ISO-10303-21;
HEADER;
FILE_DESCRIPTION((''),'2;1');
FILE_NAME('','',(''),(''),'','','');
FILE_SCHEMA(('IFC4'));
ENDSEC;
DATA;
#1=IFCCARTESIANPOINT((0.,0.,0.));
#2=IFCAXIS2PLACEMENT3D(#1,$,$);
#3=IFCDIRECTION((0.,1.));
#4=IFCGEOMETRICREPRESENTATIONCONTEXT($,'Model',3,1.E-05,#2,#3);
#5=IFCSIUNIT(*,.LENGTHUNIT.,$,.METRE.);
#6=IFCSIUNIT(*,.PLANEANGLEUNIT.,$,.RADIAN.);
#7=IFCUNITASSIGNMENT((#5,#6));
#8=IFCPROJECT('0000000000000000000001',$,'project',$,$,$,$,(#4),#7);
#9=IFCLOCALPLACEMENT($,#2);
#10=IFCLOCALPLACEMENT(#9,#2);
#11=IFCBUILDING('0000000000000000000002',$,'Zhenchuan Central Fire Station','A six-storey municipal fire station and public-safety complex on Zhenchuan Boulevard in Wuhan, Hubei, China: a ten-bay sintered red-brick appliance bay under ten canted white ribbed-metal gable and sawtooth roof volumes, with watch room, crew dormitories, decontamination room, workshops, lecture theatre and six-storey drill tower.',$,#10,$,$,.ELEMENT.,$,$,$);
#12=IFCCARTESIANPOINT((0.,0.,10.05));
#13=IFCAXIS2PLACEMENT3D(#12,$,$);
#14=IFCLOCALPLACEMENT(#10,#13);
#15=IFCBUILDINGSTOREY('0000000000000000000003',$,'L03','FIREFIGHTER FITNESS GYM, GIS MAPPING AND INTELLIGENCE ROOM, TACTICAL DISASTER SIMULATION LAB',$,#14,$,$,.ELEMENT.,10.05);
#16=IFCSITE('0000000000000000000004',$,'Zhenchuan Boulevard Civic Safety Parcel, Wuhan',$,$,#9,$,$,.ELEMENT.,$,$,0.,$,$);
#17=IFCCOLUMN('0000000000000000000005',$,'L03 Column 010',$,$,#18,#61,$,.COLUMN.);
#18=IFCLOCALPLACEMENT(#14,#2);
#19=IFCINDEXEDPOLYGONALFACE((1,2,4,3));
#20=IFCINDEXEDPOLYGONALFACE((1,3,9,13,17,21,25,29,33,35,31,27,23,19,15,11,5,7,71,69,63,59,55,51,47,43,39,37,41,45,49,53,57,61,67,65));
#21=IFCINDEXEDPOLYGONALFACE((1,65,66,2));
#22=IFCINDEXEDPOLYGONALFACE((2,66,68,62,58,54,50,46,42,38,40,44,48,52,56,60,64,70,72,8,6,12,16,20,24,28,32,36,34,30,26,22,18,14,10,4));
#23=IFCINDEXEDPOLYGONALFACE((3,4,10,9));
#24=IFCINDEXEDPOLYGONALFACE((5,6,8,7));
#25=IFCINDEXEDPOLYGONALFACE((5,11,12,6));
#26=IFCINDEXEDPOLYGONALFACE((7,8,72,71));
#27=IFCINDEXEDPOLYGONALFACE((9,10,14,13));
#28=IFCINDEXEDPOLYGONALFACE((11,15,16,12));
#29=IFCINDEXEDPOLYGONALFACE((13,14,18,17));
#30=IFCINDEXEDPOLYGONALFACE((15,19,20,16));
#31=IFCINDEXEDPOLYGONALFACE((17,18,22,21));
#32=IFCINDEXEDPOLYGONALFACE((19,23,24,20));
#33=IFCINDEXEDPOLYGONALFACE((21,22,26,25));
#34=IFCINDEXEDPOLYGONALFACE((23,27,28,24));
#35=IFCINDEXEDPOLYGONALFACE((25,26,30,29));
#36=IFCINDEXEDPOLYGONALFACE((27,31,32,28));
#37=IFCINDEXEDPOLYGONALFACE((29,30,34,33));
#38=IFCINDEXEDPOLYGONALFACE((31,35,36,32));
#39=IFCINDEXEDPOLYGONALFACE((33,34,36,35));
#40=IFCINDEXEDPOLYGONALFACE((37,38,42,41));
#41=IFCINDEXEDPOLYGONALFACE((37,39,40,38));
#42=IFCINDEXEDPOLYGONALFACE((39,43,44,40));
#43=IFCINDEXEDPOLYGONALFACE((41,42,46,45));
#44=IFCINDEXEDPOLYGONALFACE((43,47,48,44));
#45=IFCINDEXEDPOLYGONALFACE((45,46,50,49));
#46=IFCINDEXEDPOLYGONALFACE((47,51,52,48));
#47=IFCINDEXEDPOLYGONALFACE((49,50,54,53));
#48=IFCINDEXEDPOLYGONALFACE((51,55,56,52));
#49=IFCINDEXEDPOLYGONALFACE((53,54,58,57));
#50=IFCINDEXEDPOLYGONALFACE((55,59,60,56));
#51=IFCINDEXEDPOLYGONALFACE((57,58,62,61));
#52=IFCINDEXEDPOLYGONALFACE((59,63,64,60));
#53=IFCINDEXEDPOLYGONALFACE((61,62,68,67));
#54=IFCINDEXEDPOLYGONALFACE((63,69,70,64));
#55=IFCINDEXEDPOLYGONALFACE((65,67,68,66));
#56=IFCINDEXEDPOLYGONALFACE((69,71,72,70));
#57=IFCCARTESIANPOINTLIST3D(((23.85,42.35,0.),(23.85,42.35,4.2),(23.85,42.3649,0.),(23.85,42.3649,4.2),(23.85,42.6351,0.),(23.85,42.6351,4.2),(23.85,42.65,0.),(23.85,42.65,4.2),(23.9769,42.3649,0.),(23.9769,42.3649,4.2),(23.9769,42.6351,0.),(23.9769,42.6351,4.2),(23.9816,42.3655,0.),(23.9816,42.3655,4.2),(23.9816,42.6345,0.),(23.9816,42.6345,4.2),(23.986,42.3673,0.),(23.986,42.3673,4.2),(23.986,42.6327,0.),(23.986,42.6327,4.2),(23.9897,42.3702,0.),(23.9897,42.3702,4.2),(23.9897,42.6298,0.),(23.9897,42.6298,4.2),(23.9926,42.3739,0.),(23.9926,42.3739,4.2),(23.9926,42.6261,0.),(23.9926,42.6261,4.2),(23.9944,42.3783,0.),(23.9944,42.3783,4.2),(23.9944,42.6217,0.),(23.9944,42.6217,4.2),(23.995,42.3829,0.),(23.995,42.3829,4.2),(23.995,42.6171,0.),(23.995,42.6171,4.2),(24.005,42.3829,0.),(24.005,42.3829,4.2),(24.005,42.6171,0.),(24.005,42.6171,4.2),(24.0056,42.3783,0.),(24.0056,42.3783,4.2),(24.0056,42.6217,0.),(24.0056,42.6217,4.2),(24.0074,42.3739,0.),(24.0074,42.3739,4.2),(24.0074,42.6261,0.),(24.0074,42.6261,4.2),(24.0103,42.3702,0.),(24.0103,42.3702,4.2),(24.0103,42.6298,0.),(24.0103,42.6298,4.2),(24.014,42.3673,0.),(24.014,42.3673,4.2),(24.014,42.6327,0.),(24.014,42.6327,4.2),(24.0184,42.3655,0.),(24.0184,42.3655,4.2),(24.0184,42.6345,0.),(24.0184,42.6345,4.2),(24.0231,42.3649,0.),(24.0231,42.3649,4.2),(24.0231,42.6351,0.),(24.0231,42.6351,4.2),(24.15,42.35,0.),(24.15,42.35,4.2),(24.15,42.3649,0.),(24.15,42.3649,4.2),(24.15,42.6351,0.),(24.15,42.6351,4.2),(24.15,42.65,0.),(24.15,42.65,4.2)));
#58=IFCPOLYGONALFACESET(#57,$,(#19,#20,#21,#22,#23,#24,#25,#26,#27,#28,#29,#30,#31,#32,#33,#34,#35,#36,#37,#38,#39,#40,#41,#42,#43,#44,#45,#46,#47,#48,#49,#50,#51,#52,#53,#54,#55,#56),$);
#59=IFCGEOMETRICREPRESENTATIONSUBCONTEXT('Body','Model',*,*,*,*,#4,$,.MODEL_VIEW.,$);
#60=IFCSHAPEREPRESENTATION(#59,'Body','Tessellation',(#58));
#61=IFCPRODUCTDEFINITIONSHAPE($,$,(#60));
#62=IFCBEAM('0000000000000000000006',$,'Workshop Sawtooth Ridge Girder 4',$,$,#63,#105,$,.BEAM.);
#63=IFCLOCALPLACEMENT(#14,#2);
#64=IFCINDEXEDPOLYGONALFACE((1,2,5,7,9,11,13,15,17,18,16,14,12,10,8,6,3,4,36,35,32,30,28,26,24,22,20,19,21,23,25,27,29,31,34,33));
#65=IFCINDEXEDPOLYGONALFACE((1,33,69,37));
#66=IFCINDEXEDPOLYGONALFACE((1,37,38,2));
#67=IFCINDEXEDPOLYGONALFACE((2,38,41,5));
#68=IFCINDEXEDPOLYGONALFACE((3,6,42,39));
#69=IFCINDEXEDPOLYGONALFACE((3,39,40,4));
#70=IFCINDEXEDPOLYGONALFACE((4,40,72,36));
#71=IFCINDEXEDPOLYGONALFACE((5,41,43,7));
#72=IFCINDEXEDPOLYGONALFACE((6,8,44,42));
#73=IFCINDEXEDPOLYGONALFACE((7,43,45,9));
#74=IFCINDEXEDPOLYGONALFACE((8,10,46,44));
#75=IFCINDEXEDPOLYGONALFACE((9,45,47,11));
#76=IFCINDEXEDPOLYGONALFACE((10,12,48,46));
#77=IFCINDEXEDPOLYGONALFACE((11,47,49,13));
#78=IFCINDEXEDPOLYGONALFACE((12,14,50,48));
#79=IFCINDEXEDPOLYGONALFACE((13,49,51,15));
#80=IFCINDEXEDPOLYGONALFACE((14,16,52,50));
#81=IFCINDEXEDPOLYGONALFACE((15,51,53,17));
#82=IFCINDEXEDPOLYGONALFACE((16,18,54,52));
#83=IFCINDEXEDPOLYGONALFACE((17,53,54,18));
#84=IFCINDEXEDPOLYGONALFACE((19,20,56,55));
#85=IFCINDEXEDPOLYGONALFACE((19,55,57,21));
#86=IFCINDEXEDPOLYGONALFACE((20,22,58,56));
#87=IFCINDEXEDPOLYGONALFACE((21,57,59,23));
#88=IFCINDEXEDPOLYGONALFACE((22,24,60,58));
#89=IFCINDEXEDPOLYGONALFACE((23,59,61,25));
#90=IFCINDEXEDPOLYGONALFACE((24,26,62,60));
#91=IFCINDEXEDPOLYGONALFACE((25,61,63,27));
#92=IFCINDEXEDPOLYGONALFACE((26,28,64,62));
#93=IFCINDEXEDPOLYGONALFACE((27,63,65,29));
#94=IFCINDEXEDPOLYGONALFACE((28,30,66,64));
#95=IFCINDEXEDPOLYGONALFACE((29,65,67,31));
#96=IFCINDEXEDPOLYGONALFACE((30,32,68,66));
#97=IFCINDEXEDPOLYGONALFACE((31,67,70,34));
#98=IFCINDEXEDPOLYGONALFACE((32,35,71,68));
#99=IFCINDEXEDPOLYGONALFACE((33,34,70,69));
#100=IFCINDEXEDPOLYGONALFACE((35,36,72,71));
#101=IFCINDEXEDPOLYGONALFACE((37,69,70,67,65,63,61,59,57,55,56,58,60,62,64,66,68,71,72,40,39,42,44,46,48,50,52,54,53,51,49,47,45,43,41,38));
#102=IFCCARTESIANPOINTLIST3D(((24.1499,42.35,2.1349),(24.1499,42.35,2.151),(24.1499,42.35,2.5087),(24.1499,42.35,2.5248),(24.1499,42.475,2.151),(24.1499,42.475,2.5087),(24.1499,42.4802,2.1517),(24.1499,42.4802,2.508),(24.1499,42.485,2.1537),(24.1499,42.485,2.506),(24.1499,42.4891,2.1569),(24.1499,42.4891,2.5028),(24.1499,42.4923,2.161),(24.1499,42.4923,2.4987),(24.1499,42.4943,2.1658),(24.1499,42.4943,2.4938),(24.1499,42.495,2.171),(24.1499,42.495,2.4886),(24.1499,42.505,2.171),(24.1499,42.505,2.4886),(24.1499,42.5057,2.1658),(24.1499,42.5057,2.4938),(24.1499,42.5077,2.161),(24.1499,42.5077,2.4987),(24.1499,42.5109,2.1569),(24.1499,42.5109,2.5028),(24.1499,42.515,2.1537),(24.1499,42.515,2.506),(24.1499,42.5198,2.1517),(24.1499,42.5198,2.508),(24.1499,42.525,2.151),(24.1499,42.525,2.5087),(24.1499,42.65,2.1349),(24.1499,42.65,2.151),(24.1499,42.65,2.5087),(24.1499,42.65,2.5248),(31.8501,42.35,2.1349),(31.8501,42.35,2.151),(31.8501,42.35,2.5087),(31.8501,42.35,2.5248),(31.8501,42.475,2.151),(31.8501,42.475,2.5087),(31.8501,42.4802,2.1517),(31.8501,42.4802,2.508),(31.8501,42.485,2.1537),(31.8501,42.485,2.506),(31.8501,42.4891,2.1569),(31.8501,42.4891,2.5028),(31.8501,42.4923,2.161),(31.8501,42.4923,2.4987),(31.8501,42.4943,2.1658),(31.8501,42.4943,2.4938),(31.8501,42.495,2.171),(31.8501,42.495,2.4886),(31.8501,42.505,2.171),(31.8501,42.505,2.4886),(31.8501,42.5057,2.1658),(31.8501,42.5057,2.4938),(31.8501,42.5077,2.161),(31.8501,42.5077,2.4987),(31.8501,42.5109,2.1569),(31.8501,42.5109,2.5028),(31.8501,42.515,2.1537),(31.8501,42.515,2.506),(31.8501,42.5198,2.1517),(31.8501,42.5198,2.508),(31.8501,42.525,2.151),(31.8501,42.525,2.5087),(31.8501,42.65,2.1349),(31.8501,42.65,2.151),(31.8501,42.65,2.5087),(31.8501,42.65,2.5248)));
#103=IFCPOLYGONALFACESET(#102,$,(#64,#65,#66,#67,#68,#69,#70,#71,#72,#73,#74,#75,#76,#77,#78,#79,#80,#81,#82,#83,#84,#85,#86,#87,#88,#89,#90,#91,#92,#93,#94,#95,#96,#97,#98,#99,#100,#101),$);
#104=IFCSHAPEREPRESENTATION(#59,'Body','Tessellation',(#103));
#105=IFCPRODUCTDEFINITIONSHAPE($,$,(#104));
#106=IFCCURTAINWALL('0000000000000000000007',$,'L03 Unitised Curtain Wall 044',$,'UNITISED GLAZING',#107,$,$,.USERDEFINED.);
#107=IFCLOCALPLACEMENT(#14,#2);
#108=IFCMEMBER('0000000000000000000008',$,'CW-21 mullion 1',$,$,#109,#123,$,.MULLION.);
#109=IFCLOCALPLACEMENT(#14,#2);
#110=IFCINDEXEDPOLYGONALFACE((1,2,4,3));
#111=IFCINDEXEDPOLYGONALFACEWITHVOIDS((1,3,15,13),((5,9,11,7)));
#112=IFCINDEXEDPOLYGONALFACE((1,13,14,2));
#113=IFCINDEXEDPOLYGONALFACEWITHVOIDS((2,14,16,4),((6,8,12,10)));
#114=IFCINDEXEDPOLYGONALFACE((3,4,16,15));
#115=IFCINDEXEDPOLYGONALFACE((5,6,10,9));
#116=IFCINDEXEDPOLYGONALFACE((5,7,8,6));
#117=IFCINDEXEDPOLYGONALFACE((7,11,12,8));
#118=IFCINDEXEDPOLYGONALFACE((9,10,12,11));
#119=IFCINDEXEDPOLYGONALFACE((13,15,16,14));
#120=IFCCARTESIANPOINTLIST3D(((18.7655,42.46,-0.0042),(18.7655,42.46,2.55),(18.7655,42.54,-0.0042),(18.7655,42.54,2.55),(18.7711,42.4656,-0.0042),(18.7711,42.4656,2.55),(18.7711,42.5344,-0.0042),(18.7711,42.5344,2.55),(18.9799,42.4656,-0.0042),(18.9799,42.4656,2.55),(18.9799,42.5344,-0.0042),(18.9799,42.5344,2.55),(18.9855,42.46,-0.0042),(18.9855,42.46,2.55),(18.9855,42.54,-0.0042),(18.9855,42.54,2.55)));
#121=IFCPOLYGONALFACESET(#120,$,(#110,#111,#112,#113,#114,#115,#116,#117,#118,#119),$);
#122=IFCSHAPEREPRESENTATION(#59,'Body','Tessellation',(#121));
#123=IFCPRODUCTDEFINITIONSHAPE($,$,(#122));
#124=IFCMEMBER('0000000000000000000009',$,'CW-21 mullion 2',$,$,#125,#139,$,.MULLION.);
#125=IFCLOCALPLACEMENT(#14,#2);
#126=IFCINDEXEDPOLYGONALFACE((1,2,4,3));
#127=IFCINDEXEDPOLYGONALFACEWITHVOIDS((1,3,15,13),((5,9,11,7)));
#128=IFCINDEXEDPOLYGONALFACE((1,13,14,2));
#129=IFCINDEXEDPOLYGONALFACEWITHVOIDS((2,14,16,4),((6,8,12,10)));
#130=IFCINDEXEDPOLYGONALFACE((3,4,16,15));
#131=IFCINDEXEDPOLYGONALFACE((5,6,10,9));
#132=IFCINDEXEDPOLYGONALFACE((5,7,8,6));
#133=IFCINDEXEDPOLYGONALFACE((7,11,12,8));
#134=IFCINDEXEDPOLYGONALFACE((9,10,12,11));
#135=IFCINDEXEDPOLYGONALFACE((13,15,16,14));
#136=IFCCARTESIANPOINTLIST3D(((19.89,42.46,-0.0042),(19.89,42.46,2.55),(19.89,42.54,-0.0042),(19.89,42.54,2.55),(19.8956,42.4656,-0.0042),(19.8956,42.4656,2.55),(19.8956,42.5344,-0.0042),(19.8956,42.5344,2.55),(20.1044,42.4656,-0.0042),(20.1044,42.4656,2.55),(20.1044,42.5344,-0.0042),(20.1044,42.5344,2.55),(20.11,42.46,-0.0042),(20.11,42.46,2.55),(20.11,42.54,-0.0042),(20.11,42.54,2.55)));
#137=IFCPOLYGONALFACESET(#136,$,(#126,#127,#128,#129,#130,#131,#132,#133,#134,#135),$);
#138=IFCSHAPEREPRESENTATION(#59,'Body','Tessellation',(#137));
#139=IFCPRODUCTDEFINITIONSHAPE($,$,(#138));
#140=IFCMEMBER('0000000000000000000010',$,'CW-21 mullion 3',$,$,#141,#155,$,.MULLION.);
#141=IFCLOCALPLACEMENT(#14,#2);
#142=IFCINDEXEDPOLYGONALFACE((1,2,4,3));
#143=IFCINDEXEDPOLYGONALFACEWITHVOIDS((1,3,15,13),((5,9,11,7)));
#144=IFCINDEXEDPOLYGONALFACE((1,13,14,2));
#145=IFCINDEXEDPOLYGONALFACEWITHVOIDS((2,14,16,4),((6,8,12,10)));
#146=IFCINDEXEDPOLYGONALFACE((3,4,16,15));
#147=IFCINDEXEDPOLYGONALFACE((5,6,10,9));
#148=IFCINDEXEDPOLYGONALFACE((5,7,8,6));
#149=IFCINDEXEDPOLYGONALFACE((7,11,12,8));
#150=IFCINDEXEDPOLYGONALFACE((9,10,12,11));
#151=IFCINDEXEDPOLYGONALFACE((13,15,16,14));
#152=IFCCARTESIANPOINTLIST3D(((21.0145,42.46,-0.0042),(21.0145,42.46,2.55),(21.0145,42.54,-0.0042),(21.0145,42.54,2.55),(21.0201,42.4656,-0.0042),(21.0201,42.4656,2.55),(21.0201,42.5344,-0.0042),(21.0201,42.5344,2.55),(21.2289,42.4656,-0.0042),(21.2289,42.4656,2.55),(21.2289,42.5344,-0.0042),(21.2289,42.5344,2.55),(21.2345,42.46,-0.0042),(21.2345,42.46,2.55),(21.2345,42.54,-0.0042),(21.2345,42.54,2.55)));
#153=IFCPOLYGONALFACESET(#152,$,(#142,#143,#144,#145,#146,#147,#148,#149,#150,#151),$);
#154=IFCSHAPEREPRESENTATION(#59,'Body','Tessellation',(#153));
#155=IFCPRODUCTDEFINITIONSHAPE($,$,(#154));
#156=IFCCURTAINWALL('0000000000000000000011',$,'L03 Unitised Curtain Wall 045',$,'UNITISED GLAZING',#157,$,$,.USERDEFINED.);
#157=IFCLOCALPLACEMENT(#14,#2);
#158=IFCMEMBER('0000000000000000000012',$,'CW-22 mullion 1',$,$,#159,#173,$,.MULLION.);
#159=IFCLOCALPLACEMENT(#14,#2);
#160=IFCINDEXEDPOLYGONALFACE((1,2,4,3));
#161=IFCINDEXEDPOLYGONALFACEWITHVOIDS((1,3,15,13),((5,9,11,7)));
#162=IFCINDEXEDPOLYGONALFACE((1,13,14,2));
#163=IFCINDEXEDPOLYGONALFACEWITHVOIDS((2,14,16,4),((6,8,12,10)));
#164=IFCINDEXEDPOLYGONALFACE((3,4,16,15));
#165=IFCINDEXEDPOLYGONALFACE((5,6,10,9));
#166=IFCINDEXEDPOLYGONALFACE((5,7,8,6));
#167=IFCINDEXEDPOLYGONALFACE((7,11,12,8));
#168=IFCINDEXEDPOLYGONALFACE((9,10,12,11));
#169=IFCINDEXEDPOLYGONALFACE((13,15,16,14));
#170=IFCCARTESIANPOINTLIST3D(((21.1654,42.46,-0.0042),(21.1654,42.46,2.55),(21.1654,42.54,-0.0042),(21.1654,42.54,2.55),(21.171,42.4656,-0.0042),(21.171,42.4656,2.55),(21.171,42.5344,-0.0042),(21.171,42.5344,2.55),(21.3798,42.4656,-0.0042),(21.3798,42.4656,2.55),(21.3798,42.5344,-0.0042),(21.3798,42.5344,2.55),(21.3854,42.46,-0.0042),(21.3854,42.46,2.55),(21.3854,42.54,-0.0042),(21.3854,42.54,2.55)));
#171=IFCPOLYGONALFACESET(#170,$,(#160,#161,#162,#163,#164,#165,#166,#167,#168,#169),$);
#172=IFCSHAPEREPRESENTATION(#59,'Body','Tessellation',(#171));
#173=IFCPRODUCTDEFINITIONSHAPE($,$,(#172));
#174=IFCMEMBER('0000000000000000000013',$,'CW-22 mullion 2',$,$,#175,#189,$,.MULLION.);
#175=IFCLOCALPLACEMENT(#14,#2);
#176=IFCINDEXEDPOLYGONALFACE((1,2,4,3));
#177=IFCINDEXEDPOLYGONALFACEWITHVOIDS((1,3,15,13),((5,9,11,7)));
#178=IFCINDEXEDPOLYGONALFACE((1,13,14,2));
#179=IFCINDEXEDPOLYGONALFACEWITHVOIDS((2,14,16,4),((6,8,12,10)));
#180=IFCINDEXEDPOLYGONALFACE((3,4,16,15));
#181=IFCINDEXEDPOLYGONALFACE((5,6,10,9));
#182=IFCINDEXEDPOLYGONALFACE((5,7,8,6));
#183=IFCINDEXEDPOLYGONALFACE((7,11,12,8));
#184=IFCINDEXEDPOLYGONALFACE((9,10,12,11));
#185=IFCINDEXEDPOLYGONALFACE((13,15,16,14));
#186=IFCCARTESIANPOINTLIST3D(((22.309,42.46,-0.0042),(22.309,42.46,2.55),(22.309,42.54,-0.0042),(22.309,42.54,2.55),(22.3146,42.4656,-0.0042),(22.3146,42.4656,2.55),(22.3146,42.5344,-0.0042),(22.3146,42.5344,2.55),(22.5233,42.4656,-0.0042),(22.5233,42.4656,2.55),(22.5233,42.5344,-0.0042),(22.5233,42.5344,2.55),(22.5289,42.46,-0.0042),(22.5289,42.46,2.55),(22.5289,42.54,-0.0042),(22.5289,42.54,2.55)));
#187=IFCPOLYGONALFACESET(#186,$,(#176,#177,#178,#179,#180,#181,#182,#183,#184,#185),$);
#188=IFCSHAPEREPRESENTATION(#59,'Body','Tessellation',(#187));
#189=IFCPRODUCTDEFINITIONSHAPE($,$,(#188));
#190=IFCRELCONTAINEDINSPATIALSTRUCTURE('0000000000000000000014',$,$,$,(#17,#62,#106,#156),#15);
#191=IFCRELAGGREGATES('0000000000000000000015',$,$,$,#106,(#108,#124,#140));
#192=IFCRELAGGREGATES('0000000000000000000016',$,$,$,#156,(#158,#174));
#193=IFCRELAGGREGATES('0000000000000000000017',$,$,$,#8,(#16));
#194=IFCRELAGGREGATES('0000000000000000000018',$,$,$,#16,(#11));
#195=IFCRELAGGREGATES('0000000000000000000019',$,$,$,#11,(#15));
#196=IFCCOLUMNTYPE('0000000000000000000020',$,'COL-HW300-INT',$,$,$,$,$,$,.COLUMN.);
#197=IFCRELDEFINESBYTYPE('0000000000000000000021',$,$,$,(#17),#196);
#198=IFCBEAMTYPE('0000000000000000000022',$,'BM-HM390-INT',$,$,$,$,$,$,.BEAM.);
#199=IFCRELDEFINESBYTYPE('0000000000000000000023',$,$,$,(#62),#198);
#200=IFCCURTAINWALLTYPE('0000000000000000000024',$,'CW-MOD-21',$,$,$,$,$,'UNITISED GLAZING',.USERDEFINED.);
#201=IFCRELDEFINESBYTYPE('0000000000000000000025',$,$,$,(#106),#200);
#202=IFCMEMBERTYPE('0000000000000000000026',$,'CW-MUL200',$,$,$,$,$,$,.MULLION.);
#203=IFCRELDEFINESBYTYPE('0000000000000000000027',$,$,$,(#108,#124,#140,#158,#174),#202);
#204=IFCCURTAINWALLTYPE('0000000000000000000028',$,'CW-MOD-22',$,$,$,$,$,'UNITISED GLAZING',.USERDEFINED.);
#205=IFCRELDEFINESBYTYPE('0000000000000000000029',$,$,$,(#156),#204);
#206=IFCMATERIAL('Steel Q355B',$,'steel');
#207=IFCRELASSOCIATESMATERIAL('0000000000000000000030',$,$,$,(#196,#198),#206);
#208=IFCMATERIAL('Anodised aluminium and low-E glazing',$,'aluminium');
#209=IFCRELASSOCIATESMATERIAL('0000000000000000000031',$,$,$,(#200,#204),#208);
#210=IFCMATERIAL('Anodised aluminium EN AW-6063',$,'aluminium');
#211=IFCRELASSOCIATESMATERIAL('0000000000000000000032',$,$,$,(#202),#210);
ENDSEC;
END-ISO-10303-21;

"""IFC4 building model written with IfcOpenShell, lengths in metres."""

from ifc_helpers import new_model, si_unit, direction, frame, origin, origin_2d, place, context, subcontext, project, spatial, hollow_rectangle, i_section, extrude, material, material_profile, profile_set, type_object, element, aggregate, save


model = new_model("IFC4")

# Units and contexts
model_context = context("Model", 3, precision=1e-05, world=origin(), true_north=direction((0.0, 1.0)))
body_context = subcontext(model_context, "Body", "Model", "MODEL_VIEW")
ifc_project = project(units=[si_unit("LENGTHUNIT", "METRE"), si_unit("PLANEANGLEUNIT", "RADIAN")], contexts=[model_context])

# Site, building, storey
site_placement = place(None, origin())
site = spatial("IfcSite", under=ifc_project, at=site_placement, Name="Zhenchuan Boulevard Civic Safety Parcel, Wuhan", CompositionType="ELEMENT", RefElevation=0.0)
building_placement = place(site_placement, origin())
building = spatial("IfcBuilding", under=site, at=building_placement, Name="Zhenchuan Central Fire Station", Description="A six-storey municipal fire station and public-safety complex on Zhenchuan Boulevard in Wuhan, Hubei, China: a ten-bay sintered red-brick appliance bay under ten canted white ribbed-metal gable and sawtooth roof volumes, with watch room, crew dormitories, decontamination room, workshops, lecture theatre and six-storey drill tower.", CompositionType="ELEMENT")
storey_placement = place(building_placement, frame((0.0, 0.0, 10.05)))
storey = spatial("IfcBuildingStorey", under=building, at=storey_placement, Name="L03", Description="FIREFIGHTER FITNESS GYM, GIS MAPPING AND INTELLIGENCE ROOM, TACTICAL DISASTER SIMULATION LAB", CompositionType="ELEMENT", Elevation=10.05)

# Column
ifc_material_1 = material(Name="Steel Q355B", Category="steel")
ifc_material_profile_1 = material_profile(ifc_material_1, i_section(OverallWidth=0.3, OverallDepth=0.3, WebThickness=0.01, FlangeThickness=0.0149, FilletRadius=0.0181, at=origin_2d()), Name="HW 300x300")
ifc_profile_set_1 = profile_set([ifc_material_profile_1], Name="Steel Q355B")
column_type = type_object("IfcColumnType", Name="COL-HW300-INT", PredefinedType="COLUMN", material=ifc_profile_set_1)
column_placement = place(storey_placement, frame((24.0, 42.5, 0.0), z_axis=(0.0, 0.0, 1.0), x_axis=(1.0, 0.0, 0.0)))
element("IfcColumn", 1, at=column_placement, inside=storey, type_object=column_type, Name="L03 Column 010", PredefinedType="COLUMN", context=body_context, shape_type="SweptSolid", body=[
    extrude(i_section(OverallWidth=0.3, OverallDepth=0.3, WebThickness=0.01, FlangeThickness=0.0149, FilletRadius=0.0181, at=origin_2d()), origin(), (0.0, 0.0, 1.0), 4.2),
])

# Beam
ifc_material_profile_2 = material_profile(ifc_material_1, i_section(OverallWidth=0.3, OverallDepth=0.3899, WebThickness=0.01, FlangeThickness=0.0161, FilletRadius=0.02, at=origin_2d()), Name="HM 390x300")
ifc_profile_set_2 = profile_set([ifc_material_profile_2], Name="Steel Q355B")
beam_type_1 = type_object("IfcBeamType", Name="BM-HM390-INT", PredefinedType="BEAM", material=ifc_profile_set_2)
beam_1_placement = place(storey_placement, frame((24.1499, 42.5, 2.3298), z_axis=(1.0, 0.0, 0.0), x_axis=(0.0, 1.0, 0.0)))
element("IfcBeam", 2, at=beam_1_placement, inside=storey, type_object=beam_type_1, Name="Workshop Sawtooth Ridge Girder 4", PredefinedType="BEAM", context=body_context, shape_type="SweptSolid", body=[
    extrude(i_section(OverallWidth=0.3, OverallDepth=0.3899, WebThickness=0.01, FlangeThickness=0.0161, FilletRadius=0.02, at=origin_2d()), origin(), (0.0, 0.0, 1.0), 7.7002),
])

# Curtain walls, members
ifc_material_2 = material(Name="Anodised aluminium and low-E glazing", Category="aluminium")
curtain_wall_type_1 = type_object("IfcCurtainWallType", Name="CW-MOD-21", ElementType="UNITISED GLAZING", PredefinedType="USERDEFINED", material=ifc_material_2)
curtain_wall_1_placement = place(storey_placement, origin())
curtain_wall_1 = element("IfcCurtainWall", 3, at=curtain_wall_1_placement, inside=storey, type_object=curtain_wall_type_1, Name="L03 Unitised Curtain Wall 044", ObjectType="UNITISED GLAZING", PredefinedType="USERDEFINED")
ifc_material_3 = material(Name="Anodised aluminium EN AW-6063", Category="aluminium")
ifc_material_profile_3 = material_profile(ifc_material_3, hollow_rectangle(XDim=0.0801, YDim=0.22, WallThickness=0.0056, at=origin_2d()), Name="ALU-M 220x80")
ifc_profile_set_3 = profile_set([ifc_material_profile_3], Name="Anodised aluminium EN AW-6063")
member_type_1 = type_object("IfcMemberType", Name="CW-MUL200", PredefinedType="MULLION", material=ifc_profile_set_3)
member_1_placement = place(storey_placement, frame((18.8755, 42.5, -0.0042), z_axis=(0.0, 0.0, 1.0), x_axis=(0.0, 1.0, 0.0)))
member_1 = element("IfcMember", 4, at=member_1_placement, type_object=member_type_1, Name="CW-21 mullion 1", PredefinedType="MULLION", context=body_context, shape_type="SweptSolid", body=[
    extrude(hollow_rectangle(XDim=0.0801, YDim=0.22, WallThickness=0.0056, at=origin_2d()), origin(), (0.0, 0.0, 1.0), 2.5542),
])
member_2_placement = place(storey_placement, frame((20.0, 42.5, -0.0042), z_axis=(0.0, 0.0, 1.0), x_axis=(0.0, 1.0, 0.0)))
member_2 = element("IfcMember", 5, at=member_2_placement, type_object=member_type_1, Name="CW-21 mullion 2", PredefinedType="MULLION", context=body_context, shape_type="SweptSolid", body=[
    extrude(hollow_rectangle(XDim=0.0801, YDim=0.22, WallThickness=0.0056, at=origin_2d()), origin(), (0.0, 0.0, 1.0), 2.5542),
])
member_3_placement = place(storey_placement, frame((21.1245, 42.5, -0.0042), z_axis=(0.0, 0.0, 1.0), x_axis=(0.0, 1.0, 0.0)))
member_3 = element("IfcMember", 6, at=member_3_placement, type_object=member_type_1, Name="CW-21 mullion 3", PredefinedType="MULLION", context=body_context, shape_type="SweptSolid", body=[
    extrude(hollow_rectangle(XDim=0.0801, YDim=0.22, WallThickness=0.0056, at=origin_2d()), origin(), (0.0, 0.0, 1.0), 2.5542),
])
curtain_wall_type_2 = type_object("IfcCurtainWallType", Name="CW-MOD-22", ElementType="UNITISED GLAZING", PredefinedType="USERDEFINED", material=ifc_material_2)
curtain_wall_2_placement = place(storey_placement, origin())
curtain_wall_2 = element("IfcCurtainWall", 7, at=curtain_wall_2_placement, inside=storey, type_object=curtain_wall_type_2, Name="L03 Unitised Curtain Wall 045", ObjectType="UNITISED GLAZING", PredefinedType="USERDEFINED")
member_4_placement = place(storey_placement, frame((21.2754, 42.5, -0.0042), z_axis=(0.0, 0.0, 1.0), x_axis=(0.0, 1.0, 0.0)))
member_4 = element("IfcMember", 8, at=member_4_placement, type_object=member_type_1, Name="CW-22 mullion 1", PredefinedType="MULLION", context=body_context, shape_type="SweptSolid", body=[
    extrude(hollow_rectangle(XDim=0.0801, YDim=0.22, WallThickness=0.0056, at=origin_2d()), origin(), (0.0, 0.0, 1.0), 2.5542),
])
member_5_placement = place(storey_placement, frame((22.4189, 42.5, -0.0042), z_axis=(0.0, 0.0, 1.0), x_axis=(0.0, 1.0, 0.0)))
member_5 = element("IfcMember", 9, at=member_5_placement, type_object=member_type_1, Name="CW-22 mullion 2", PredefinedType="MULLION", context=body_context, shape_type="SweptSolid", body=[
    extrude(hollow_rectangle(XDim=0.0801, YDim=0.22, WallThickness=0.0056, at=origin_2d()), origin(), (0.0, 0.0, 1.0), 2.5542),
])

aggregate(curtain_wall_1, [member_1, member_2, member_3])
aggregate(curtain_wall_2, [member_4, member_5])

save(model, "model.ifc")
